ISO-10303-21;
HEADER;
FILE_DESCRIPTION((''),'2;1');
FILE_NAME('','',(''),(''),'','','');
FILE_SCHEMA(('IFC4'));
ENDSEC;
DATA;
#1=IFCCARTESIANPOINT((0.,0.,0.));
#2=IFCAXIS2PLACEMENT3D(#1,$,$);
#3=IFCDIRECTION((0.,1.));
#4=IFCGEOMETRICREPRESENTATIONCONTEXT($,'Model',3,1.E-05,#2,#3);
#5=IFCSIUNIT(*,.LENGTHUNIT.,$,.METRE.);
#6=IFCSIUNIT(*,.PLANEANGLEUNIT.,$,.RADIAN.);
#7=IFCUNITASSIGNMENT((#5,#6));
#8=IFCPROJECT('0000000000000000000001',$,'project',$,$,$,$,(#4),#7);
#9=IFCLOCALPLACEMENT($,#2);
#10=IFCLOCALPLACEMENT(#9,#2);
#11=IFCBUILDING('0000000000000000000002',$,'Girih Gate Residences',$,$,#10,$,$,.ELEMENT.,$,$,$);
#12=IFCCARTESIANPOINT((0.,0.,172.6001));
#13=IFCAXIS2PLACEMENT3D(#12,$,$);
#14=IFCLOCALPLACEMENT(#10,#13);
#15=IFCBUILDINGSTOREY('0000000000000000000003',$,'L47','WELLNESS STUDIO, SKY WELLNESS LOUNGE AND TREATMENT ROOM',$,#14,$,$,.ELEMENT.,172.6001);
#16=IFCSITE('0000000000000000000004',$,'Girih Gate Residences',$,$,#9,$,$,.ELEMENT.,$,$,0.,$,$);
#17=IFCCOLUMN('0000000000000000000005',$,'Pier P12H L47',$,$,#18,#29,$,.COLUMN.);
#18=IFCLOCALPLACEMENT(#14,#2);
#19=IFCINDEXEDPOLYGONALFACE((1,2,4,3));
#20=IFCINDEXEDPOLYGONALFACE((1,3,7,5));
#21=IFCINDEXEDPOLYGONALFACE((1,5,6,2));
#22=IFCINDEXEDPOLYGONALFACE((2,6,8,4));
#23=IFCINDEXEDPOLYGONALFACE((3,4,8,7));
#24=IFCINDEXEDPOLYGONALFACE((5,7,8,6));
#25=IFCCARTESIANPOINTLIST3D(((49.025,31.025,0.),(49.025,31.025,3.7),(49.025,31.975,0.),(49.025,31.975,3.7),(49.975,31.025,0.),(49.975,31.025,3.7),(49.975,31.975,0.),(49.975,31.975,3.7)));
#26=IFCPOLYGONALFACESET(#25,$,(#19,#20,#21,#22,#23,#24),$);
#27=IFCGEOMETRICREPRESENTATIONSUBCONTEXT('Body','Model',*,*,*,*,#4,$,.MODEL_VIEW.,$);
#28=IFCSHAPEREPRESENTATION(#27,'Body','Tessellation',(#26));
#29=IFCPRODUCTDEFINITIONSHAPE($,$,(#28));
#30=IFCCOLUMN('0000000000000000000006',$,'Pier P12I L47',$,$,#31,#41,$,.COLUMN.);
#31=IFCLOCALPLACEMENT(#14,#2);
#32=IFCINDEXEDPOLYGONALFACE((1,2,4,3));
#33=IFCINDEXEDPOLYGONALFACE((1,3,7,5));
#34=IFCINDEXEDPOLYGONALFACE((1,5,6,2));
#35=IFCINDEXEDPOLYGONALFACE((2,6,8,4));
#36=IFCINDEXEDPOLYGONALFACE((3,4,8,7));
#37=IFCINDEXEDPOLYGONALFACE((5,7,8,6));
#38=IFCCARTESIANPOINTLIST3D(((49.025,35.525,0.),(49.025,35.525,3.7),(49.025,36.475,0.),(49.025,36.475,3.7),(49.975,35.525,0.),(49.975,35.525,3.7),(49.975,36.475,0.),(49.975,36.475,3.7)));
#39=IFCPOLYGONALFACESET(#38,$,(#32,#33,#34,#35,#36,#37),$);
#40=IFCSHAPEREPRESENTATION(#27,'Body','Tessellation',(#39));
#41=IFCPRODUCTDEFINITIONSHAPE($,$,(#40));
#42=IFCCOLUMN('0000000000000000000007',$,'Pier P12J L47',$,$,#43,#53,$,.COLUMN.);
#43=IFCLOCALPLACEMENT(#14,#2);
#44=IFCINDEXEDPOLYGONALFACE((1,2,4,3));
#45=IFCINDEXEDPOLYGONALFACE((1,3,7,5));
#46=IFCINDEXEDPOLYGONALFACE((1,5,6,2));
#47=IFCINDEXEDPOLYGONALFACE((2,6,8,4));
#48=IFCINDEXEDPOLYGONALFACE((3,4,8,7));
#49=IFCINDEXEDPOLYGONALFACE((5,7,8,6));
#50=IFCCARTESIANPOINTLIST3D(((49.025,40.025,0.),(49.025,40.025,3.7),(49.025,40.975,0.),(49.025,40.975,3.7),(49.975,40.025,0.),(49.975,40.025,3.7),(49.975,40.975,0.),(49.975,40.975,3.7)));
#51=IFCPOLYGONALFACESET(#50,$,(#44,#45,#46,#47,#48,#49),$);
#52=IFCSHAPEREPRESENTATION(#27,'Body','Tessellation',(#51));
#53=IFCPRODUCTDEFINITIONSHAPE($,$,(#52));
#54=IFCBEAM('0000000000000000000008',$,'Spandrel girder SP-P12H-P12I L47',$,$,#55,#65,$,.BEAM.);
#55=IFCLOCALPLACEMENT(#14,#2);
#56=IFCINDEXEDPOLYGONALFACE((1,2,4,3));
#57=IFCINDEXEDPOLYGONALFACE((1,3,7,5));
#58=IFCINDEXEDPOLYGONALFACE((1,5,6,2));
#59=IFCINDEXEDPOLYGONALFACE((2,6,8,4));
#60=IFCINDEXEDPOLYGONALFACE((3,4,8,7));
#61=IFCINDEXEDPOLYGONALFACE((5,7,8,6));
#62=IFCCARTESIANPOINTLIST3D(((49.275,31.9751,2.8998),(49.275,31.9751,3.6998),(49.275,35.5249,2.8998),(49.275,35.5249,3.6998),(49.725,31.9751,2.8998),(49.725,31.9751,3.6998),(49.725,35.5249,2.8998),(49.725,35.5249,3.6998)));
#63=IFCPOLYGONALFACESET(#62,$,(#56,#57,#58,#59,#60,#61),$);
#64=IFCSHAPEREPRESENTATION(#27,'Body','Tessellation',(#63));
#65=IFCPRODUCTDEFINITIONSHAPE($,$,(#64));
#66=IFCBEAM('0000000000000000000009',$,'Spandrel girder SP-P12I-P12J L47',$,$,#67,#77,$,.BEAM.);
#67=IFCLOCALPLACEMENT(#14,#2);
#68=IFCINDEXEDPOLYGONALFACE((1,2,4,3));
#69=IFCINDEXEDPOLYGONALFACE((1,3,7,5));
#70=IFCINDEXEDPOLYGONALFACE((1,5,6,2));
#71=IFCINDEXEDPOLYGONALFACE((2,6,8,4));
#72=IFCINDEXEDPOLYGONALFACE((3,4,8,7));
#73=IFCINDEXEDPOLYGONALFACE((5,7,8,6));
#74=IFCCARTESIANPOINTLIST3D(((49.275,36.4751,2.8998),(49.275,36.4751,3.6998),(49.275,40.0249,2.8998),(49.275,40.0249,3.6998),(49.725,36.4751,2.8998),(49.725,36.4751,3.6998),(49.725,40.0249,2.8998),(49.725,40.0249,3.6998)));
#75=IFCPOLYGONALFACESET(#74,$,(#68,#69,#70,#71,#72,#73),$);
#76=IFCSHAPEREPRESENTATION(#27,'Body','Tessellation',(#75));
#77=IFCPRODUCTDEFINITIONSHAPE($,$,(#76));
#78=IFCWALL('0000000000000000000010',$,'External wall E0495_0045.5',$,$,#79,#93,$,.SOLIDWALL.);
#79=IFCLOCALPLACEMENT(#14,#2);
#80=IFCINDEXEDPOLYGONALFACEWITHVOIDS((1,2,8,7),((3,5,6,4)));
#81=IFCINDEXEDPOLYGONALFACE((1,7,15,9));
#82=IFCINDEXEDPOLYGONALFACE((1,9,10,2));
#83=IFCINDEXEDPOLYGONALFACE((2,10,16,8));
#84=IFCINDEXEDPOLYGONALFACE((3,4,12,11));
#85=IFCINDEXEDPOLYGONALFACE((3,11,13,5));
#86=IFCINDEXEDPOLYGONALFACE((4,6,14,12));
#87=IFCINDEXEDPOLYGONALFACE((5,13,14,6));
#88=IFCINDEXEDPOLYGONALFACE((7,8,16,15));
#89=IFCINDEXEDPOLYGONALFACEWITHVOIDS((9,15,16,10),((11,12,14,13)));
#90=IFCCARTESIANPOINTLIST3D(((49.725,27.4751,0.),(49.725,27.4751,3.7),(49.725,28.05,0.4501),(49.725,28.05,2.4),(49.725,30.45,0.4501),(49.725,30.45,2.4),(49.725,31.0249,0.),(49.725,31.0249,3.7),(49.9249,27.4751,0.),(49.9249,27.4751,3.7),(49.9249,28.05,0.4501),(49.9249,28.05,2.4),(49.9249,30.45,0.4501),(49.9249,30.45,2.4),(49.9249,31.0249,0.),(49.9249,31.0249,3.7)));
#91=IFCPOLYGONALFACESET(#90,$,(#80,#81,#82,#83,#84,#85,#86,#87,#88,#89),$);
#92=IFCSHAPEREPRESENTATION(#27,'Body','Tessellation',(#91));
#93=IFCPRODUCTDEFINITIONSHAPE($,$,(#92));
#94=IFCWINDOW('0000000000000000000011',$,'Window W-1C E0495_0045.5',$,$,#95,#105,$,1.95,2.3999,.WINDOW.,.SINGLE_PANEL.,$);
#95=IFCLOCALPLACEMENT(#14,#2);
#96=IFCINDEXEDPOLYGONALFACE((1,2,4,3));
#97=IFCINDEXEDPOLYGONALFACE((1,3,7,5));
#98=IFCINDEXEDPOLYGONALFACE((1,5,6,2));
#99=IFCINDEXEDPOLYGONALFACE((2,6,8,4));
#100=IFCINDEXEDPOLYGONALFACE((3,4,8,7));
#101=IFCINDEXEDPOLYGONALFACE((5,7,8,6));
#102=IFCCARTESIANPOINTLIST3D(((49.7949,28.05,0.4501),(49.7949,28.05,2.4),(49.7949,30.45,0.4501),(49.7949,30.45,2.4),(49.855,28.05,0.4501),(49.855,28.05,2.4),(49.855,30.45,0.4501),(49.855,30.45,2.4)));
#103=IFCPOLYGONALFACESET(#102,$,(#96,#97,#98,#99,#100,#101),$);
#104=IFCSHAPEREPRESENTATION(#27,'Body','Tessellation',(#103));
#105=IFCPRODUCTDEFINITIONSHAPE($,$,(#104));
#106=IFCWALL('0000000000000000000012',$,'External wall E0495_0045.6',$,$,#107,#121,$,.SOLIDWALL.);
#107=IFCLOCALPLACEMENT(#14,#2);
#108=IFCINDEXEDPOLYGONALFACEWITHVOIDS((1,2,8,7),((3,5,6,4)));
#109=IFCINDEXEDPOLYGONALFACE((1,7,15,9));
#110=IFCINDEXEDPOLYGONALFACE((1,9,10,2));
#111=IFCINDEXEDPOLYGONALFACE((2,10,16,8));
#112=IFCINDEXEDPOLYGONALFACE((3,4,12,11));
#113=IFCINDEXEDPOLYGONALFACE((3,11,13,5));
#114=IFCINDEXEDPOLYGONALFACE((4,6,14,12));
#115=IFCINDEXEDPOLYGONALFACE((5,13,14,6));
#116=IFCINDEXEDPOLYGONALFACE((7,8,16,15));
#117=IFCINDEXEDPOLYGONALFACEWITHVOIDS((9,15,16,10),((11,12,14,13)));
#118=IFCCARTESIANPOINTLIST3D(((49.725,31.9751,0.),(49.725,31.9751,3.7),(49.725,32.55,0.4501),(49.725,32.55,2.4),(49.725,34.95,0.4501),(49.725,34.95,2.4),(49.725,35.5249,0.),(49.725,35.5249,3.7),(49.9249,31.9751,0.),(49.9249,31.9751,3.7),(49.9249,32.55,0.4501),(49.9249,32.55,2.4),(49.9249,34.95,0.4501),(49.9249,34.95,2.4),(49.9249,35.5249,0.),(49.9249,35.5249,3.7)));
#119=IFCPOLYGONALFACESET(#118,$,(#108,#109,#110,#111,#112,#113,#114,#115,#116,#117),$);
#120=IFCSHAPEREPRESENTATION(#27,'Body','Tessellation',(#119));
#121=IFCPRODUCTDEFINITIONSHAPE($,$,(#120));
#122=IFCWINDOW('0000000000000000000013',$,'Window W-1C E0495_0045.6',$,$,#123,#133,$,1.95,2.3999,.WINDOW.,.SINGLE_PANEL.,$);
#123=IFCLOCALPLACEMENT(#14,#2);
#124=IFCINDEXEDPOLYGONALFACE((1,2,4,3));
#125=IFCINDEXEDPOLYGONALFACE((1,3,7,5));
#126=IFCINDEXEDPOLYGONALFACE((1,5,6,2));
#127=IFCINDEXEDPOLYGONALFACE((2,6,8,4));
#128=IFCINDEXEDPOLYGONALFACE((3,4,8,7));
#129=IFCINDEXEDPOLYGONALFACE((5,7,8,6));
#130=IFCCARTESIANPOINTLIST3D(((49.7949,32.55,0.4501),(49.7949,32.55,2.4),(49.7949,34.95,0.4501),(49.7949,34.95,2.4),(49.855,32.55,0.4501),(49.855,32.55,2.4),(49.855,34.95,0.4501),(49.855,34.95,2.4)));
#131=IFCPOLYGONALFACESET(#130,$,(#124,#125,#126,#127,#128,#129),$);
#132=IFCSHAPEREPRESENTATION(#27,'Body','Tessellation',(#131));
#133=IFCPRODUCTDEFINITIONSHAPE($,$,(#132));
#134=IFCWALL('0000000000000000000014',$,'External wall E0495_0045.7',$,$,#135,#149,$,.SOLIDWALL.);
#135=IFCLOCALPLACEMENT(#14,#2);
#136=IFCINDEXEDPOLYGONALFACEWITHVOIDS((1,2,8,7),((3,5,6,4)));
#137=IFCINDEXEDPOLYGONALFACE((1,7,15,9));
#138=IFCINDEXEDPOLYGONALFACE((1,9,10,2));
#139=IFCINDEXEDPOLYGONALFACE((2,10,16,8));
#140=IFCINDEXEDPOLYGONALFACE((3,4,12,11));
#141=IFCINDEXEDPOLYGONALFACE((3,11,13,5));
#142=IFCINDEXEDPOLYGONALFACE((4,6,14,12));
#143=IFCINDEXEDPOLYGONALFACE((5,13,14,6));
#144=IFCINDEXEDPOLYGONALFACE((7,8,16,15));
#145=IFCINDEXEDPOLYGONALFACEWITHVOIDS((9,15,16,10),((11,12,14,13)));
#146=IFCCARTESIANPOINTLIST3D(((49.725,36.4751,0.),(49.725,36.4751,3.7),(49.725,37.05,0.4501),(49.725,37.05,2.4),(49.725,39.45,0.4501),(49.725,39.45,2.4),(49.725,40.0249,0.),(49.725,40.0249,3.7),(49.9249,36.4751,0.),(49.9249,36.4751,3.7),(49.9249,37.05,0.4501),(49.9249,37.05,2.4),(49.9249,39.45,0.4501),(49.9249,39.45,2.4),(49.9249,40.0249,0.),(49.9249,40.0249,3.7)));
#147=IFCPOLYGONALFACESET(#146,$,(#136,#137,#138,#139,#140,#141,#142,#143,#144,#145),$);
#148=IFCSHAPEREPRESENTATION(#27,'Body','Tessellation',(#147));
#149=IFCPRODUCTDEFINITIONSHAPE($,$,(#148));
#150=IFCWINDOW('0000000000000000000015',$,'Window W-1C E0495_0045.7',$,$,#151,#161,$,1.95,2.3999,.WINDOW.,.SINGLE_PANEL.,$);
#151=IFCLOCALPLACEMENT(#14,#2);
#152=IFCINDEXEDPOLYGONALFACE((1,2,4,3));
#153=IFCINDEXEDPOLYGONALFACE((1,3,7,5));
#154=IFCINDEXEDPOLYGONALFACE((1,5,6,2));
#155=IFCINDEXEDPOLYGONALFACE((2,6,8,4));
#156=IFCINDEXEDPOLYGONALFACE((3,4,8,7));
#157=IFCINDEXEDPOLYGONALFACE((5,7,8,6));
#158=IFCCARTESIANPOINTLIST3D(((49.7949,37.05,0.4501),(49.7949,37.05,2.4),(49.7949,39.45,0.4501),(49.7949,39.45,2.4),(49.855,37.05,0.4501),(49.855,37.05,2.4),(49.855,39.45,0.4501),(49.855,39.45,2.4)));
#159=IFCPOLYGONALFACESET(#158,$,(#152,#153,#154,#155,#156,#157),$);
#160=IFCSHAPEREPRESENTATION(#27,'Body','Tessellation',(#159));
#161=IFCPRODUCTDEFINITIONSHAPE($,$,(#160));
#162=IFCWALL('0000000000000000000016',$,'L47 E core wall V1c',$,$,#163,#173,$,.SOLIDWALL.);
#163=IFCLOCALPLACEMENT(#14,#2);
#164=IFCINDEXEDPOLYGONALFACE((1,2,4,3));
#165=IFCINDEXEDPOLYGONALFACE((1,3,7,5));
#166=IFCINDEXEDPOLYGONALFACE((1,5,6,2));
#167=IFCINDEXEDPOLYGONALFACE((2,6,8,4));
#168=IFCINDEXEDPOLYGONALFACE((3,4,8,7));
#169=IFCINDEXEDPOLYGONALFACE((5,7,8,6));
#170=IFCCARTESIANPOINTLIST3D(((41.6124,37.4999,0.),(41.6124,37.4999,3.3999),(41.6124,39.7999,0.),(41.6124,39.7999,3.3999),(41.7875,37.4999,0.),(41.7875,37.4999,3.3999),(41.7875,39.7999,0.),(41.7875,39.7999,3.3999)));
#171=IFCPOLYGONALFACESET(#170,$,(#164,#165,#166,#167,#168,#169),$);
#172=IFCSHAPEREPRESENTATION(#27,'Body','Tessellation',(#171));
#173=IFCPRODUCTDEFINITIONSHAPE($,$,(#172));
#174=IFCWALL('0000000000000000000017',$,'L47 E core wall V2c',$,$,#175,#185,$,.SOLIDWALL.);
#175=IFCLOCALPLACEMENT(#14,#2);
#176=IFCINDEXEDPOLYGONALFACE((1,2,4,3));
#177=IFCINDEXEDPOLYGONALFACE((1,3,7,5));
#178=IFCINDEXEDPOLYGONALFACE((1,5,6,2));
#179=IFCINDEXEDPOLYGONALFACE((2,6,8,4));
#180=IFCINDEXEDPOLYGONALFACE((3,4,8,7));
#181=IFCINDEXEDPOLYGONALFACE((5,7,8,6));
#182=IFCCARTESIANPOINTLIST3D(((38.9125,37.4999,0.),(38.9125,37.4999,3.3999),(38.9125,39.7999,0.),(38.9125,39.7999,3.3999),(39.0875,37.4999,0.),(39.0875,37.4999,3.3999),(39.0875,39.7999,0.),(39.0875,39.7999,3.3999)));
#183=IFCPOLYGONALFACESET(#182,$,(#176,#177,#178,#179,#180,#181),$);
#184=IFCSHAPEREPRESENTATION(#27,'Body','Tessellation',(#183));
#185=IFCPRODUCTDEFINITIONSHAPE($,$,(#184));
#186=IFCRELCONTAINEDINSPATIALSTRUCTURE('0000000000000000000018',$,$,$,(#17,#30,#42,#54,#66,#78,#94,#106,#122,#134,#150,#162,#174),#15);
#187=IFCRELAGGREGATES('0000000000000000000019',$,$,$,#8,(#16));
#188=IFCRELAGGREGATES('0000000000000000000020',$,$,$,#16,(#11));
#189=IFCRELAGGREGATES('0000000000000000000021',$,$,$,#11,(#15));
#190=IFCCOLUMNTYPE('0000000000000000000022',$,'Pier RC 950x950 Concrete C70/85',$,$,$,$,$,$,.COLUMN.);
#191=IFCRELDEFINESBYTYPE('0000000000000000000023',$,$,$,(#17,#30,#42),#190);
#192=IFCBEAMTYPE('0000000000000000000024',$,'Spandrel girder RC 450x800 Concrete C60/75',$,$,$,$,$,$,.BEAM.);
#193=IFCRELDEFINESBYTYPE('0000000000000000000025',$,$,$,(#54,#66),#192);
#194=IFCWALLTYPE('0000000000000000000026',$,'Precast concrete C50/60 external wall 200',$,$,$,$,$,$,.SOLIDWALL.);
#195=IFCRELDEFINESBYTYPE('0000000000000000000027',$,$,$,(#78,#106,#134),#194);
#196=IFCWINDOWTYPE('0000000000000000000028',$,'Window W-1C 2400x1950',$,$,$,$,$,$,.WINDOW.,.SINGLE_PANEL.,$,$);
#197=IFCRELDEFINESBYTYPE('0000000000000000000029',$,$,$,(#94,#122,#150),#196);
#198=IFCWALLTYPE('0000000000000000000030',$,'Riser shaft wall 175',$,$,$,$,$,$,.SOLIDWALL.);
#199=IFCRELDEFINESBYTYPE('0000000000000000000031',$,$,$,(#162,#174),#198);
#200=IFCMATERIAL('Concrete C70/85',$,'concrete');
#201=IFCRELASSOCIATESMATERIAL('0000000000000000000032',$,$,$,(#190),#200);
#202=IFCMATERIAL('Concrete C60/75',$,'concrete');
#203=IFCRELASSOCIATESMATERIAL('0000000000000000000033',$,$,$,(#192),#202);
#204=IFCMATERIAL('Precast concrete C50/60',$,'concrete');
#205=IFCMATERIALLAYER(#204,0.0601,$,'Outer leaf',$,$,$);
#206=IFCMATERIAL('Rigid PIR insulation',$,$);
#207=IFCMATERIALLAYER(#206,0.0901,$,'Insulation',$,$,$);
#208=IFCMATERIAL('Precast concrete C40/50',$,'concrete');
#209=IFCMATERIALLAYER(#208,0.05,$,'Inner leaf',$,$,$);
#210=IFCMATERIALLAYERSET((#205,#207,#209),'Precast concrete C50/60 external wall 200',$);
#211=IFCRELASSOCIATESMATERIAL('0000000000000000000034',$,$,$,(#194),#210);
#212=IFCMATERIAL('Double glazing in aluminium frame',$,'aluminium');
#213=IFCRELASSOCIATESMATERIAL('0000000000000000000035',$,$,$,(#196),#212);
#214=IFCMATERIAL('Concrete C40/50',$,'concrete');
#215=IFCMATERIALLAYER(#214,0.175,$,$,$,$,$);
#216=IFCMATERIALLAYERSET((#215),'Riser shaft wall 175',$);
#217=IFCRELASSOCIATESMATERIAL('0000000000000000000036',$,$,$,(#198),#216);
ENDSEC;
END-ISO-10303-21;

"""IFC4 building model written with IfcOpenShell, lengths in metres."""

from ifc_helpers import new_model, si_unit, direction, frame, frame_2d, origin, origin_2d, place, context, subcontext, project, spatial, rectangle, extrude, material, layer, layer_set, material_profile, profile_set, type_object, element, fill, save


model = new_model("IFC4")

# Units and contexts
model_context = context("Model", 3, precision=1e-05, world=origin(), true_north=direction((0.0, 1.0)))
body_context = subcontext(model_context, "Body", "Model", "MODEL_VIEW")
ifc_project = project(units=[si_unit("LENGTHUNIT", "METRE"), si_unit("PLANEANGLEUNIT", "RADIAN")], contexts=[model_context])

# Site, building, storey
site_placement = place(None, origin())
site = spatial("IfcSite", under=ifc_project, at=site_placement, Name="Girih Gate Residences", CompositionType="ELEMENT", RefElevation=0.0)
building_placement = place(site_placement, origin())
building = spatial("IfcBuilding", under=site, at=building_placement, Name="Girih Gate Residences", CompositionType="ELEMENT")
storey_placement = place(building_placement, frame((0.0, 0.0, 172.6001)))
storey = spatial("IfcBuildingStorey", under=building, at=storey_placement, Name="L47", Description="WELLNESS STUDIO, SKY WELLNESS LOUNGE AND TREATMENT ROOM", CompositionType="ELEMENT", Elevation=172.6001)

# Columns
ifc_material_1 = material(Name="Concrete C70/85", Category="concrete")
ifc_material_profile_1 = material_profile(ifc_material_1, rectangle(XDim=0.95, YDim=0.95, at=origin_2d()))
ifc_profile_set_1 = profile_set([ifc_material_profile_1], Name="Concrete C70/85")
column_type = type_object("IfcColumnType", Name="Pier RC 950x950 Concrete C70/85", PredefinedType="COLUMN", material=ifc_profile_set_1)
for number, where, z_axis, x_axis, name in (
    (1, (49.5, 31.5, 0.0), (0.0, 0.0, 1.0), (1.0, 0.0, 0.0), "Pier P12H L47"),
    (2, (49.5, 36.0, 0.0), (0.0, 0.0, 1.0), (1.0, 0.0, 0.0), "Pier P12I L47"),
    (3, (49.5, 40.5, 0.0), (0.0, 0.0, 1.0), (1.0, 0.0, 0.0), "Pier P12J L47"),
):
    element("IfcColumn", number, at=place(storey_placement, frame(where, z_axis=z_axis, x_axis=x_axis)), inside=storey, type_object=column_type, Name=name, PredefinedType="COLUMN", context=body_context, shape_type="SweptSolid", body=[
        extrude(rectangle(XDim=0.95, YDim=0.95, at=origin_2d()), origin(), (0.0, 0.0, 1.0), 3.7),
    ])

# Beams
ifc_material_2 = material(Name="Concrete C60/75", Category="concrete")
ifc_material_profile_2 = material_profile(ifc_material_2, rectangle(XDim=0.45, YDim=0.8, at=origin_2d()))
ifc_profile_set_2 = profile_set([ifc_material_profile_2], Name="Concrete C60/75")
beam_type = type_object("IfcBeamType", Name="Spandrel girder RC 450x800 Concrete C60/75", PredefinedType="BEAM", material=ifc_profile_set_2)
for number, where, z_axis, x_axis, name in (
    (4, (49.5, 31.9751, 3.2998), (0.0, 1.0, 0.0), (-1.0, 0.0, 0.0), "Spandrel girder SP-P12H-P12I L47"),
    (5, (49.5, 36.4751, 3.2998), (0.0, 1.0, 0.0), (-1.0, 0.0, 0.0), "Spandrel girder SP-P12I-P12J L47"),
):
    element("IfcBeam", number, at=place(storey_placement, frame(where, z_axis=z_axis, x_axis=x_axis)), inside=storey, type_object=beam_type, Name=name, PredefinedType="BEAM", context=body_context, shape_type="SweptSolid", body=[
        extrude(rectangle(XDim=0.45, YDim=0.8, at=origin_2d()), origin(), (0.0, 0.0, 1.0), 3.5498),
    ])

# Walls, openings, windows
ifc_material_3 = material(Name="Precast concrete C50/60", Category="concrete")
ifc_layer_1 = layer(ifc_material_3, 0.0601, Name="Outer leaf")
ifc_material_4 = material(Name="Rigid PIR insulation")
ifc_layer_2 = layer(ifc_material_4, 0.0901, Name="Insulation")
ifc_material_5 = material(Name="Precast concrete C40/50", Category="concrete")
ifc_layer_3 = layer(ifc_material_5, 0.05, Name="Inner leaf")
ifc_layer_set_1 = layer_set([ifc_layer_1, ifc_layer_2, ifc_layer_3], Name="Precast concrete C50/60 external wall 200")
wall_type_1 = type_object("IfcWallType", Name="Precast concrete C50/60 external wall 200", PredefinedType="SOLIDWALL", material=ifc_layer_set_1)
wall_1_placement = place(storey_placement, frame((49.825, 31.0249, 0.0), z_axis=(0.0, 0.0, 1.0), x_axis=(0.0, -1.0, 0.0)))
wall_1 = element("IfcWall", 6, at=wall_1_placement, inside=storey, type_object=wall_type_1, Name="External wall E0495_0045.5", PredefinedType="SOLIDWALL", context=body_context, shape_type="SweptSolid", body=[
    extrude(rectangle(XDim=3.5498, YDim=0.2, at=frame_2d((1.7749, 0.0))), origin(), (0.0, 0.0, 1.0), 3.7),
])
opening_1_placement = place(wall_1_placement, frame((0.575, 0.0, 0.45)))
opening_1 = element("IfcOpeningElement", 7, at=opening_1_placement, cuts=wall_1, PredefinedType="OPENING", context=body_context, shape_type="SweptSolid", body=[
    extrude(rectangle(XDim=2.3999, YDim=1.95, at=frame_2d((1.2, 0.9751))), frame((0.0, 0.1099, 0.0), z_axis=(0.0, -1.0, 0.0), x_axis=(1.0, 0.0, 0.0)), (0.0, 0.0, 1.0), 0.22),
])
ifc_material_6 = material(Name="Double glazing in aluminium frame", Category="aluminium")
window_type = type_object("IfcWindowType", Name="Window W-1C 2400x1950", PartitioningType="SINGLE_PANEL", PredefinedType="WINDOW", material=ifc_material_6)
window_1_placement = place(opening_1_placement, origin())
window_1 = element("IfcWindow", 8, at=window_1_placement, inside=storey, type_object=window_type, Name="Window W-1C E0495_0045.5", OverallHeight=1.95, OverallWidth=2.3999, PartitioningType="SINGLE_PANEL", PredefinedType="WINDOW", context=body_context, shape_type="SweptSolid", body=[
    extrude(rectangle(XDim=2.3999, YDim=1.95, at=frame_2d((1.2, 0.9751))), frame((0.0, 0.03, 0.0), z_axis=(0.0, -1.0, 0.0), x_axis=(1.0, 0.0, 0.0)), (0.0, 0.0, 1.0), 0.0601),
])
fill(opening_1, window_1)
wall_2_placement = place(storey_placement, frame((49.825, 35.5249, 0.0), z_axis=(0.0, 0.0, 1.0), x_axis=(0.0, -1.0, 0.0)))
wall_2 = element("IfcWall", 9, at=wall_2_placement, inside=storey, type_object=wall_type_1, Name="External wall E0495_0045.6", PredefinedType="SOLIDWALL", context=body_context, shape_type="SweptSolid", body=[
    extrude(rectangle(XDim=3.5498, YDim=0.2, at=frame_2d((1.7749, 0.0))), origin(), (0.0, 0.0, 1.0), 3.7),
])
opening_2_placement = place(wall_2_placement, frame((0.575, 0.0, 0.45)))
opening_2 = element("IfcOpeningElement", 10, at=opening_2_placement, cuts=wall_2, PredefinedType="OPENING", context=body_context, shape_type="SweptSolid", body=[
    extrude(rectangle(XDim=2.3999, YDim=1.95, at=frame_2d((1.2, 0.9751))), frame((0.0, 0.1099, 0.0), z_axis=(0.0, -1.0, 0.0), x_axis=(1.0, 0.0, 0.0)), (0.0, 0.0, 1.0), 0.22),
])
window_2_placement = place(opening_2_placement, origin())
window_2 = element("IfcWindow", 11, at=window_2_placement, inside=storey, type_object=window_type, Name="Window W-1C E0495_0045.6", OverallHeight=1.95, OverallWidth=2.3999, PartitioningType="SINGLE_PANEL", PredefinedType="WINDOW", context=body_context, shape_type="SweptSolid", body=[
    extrude(rectangle(XDim=2.3999, YDim=1.95, at=frame_2d((1.2, 0.9751))), frame((0.0, 0.03, 0.0), z_axis=(0.0, -1.0, 0.0), x_axis=(1.0, 0.0, 0.0)), (0.0, 0.0, 1.0), 0.0601),
])
fill(opening_2, window_2)
wall_3_placement = place(storey_placement, frame((49.825, 40.0249, 0.0), z_axis=(0.0, 0.0, 1.0), x_axis=(0.0, -1.0, 0.0)))
wall_3 = element("IfcWall", 12, at=wall_3_placement, inside=storey, type_object=wall_type_1, Name="External wall E0495_0045.7", PredefinedType="SOLIDWALL", context=body_context, shape_type="SweptSolid", body=[
    extrude(rectangle(XDim=3.5498, YDim=0.2, at=frame_2d((1.7749, 0.0))), origin(), (0.0, 0.0, 1.0), 3.7),
])
opening_3_placement = place(wall_3_placement, frame((0.575, 0.0, 0.45)))
opening_3 = element("IfcOpeningElement", 13, at=opening_3_placement, cuts=wall_3, PredefinedType="OPENING", context=body_context, shape_type="SweptSolid", body=[
    extrude(rectangle(XDim=2.3999, YDim=1.95, at=frame_2d((1.2, 0.9751))), frame((0.0, 0.1099, 0.0), z_axis=(0.0, -1.0, 0.0), x_axis=(1.0, 0.0, 0.0)), (0.0, 0.0, 1.0), 0.22),
])
window_3_placement = place(opening_3_placement, origin())
window_3 = element("IfcWindow", 14, at=window_3_placement, inside=storey, type_object=window_type, Name="Window W-1C E0495_0045.7", OverallHeight=1.95, OverallWidth=2.3999, PartitioningType="SINGLE_PANEL", PredefinedType="WINDOW", context=body_context, shape_type="SweptSolid", body=[
    extrude(rectangle(XDim=2.3999, YDim=1.95, at=frame_2d((1.2, 0.9751))), frame((0.0, 0.03, 0.0), z_axis=(0.0, -1.0, 0.0), x_axis=(1.0, 0.0, 0.0)), (0.0, 0.0, 1.0), 0.0601),
])
fill(opening_3, window_3)

# Walls
ifc_material_7 = material(Name="Concrete C40/50", Category="concrete")
ifc_layer_4 = layer(ifc_material_7, 0.175)
ifc_layer_set_2 = layer_set([ifc_layer_4], Name="Riser shaft wall 175")
wall_type_2 = type_object("IfcWallType", Name="Riser shaft wall 175", PredefinedType="SOLIDWALL", material=ifc_layer_set_2)
for number, where, z_axis, x_axis, name in (
    (15, (41.7, 37.5, 0.0), (0.0, 0.0, 1.0), (0.0, 1.0, 0.0), "L47 E core wall V1c"),
    (16, (39.0, 37.5, 0.0), (0.0, 0.0, 1.0), (0.0, 1.0, 0.0), "L47 E core wall V2c"),
):
    element("IfcWall", number, at=place(storey_placement, frame(where, z_axis=z_axis, x_axis=x_axis)), inside=storey, type_object=wall_type_2, Name=name, PredefinedType="SOLIDWALL", context=body_context, shape_type="SweptSolid", body=[
        extrude(rectangle(XDim=2.3, YDim=0.175, at=frame_2d((1.1499, 0.0))), origin(), (0.0, 0.0, 1.0), 3.3999),
    ])

save(model, "model.ifc")
